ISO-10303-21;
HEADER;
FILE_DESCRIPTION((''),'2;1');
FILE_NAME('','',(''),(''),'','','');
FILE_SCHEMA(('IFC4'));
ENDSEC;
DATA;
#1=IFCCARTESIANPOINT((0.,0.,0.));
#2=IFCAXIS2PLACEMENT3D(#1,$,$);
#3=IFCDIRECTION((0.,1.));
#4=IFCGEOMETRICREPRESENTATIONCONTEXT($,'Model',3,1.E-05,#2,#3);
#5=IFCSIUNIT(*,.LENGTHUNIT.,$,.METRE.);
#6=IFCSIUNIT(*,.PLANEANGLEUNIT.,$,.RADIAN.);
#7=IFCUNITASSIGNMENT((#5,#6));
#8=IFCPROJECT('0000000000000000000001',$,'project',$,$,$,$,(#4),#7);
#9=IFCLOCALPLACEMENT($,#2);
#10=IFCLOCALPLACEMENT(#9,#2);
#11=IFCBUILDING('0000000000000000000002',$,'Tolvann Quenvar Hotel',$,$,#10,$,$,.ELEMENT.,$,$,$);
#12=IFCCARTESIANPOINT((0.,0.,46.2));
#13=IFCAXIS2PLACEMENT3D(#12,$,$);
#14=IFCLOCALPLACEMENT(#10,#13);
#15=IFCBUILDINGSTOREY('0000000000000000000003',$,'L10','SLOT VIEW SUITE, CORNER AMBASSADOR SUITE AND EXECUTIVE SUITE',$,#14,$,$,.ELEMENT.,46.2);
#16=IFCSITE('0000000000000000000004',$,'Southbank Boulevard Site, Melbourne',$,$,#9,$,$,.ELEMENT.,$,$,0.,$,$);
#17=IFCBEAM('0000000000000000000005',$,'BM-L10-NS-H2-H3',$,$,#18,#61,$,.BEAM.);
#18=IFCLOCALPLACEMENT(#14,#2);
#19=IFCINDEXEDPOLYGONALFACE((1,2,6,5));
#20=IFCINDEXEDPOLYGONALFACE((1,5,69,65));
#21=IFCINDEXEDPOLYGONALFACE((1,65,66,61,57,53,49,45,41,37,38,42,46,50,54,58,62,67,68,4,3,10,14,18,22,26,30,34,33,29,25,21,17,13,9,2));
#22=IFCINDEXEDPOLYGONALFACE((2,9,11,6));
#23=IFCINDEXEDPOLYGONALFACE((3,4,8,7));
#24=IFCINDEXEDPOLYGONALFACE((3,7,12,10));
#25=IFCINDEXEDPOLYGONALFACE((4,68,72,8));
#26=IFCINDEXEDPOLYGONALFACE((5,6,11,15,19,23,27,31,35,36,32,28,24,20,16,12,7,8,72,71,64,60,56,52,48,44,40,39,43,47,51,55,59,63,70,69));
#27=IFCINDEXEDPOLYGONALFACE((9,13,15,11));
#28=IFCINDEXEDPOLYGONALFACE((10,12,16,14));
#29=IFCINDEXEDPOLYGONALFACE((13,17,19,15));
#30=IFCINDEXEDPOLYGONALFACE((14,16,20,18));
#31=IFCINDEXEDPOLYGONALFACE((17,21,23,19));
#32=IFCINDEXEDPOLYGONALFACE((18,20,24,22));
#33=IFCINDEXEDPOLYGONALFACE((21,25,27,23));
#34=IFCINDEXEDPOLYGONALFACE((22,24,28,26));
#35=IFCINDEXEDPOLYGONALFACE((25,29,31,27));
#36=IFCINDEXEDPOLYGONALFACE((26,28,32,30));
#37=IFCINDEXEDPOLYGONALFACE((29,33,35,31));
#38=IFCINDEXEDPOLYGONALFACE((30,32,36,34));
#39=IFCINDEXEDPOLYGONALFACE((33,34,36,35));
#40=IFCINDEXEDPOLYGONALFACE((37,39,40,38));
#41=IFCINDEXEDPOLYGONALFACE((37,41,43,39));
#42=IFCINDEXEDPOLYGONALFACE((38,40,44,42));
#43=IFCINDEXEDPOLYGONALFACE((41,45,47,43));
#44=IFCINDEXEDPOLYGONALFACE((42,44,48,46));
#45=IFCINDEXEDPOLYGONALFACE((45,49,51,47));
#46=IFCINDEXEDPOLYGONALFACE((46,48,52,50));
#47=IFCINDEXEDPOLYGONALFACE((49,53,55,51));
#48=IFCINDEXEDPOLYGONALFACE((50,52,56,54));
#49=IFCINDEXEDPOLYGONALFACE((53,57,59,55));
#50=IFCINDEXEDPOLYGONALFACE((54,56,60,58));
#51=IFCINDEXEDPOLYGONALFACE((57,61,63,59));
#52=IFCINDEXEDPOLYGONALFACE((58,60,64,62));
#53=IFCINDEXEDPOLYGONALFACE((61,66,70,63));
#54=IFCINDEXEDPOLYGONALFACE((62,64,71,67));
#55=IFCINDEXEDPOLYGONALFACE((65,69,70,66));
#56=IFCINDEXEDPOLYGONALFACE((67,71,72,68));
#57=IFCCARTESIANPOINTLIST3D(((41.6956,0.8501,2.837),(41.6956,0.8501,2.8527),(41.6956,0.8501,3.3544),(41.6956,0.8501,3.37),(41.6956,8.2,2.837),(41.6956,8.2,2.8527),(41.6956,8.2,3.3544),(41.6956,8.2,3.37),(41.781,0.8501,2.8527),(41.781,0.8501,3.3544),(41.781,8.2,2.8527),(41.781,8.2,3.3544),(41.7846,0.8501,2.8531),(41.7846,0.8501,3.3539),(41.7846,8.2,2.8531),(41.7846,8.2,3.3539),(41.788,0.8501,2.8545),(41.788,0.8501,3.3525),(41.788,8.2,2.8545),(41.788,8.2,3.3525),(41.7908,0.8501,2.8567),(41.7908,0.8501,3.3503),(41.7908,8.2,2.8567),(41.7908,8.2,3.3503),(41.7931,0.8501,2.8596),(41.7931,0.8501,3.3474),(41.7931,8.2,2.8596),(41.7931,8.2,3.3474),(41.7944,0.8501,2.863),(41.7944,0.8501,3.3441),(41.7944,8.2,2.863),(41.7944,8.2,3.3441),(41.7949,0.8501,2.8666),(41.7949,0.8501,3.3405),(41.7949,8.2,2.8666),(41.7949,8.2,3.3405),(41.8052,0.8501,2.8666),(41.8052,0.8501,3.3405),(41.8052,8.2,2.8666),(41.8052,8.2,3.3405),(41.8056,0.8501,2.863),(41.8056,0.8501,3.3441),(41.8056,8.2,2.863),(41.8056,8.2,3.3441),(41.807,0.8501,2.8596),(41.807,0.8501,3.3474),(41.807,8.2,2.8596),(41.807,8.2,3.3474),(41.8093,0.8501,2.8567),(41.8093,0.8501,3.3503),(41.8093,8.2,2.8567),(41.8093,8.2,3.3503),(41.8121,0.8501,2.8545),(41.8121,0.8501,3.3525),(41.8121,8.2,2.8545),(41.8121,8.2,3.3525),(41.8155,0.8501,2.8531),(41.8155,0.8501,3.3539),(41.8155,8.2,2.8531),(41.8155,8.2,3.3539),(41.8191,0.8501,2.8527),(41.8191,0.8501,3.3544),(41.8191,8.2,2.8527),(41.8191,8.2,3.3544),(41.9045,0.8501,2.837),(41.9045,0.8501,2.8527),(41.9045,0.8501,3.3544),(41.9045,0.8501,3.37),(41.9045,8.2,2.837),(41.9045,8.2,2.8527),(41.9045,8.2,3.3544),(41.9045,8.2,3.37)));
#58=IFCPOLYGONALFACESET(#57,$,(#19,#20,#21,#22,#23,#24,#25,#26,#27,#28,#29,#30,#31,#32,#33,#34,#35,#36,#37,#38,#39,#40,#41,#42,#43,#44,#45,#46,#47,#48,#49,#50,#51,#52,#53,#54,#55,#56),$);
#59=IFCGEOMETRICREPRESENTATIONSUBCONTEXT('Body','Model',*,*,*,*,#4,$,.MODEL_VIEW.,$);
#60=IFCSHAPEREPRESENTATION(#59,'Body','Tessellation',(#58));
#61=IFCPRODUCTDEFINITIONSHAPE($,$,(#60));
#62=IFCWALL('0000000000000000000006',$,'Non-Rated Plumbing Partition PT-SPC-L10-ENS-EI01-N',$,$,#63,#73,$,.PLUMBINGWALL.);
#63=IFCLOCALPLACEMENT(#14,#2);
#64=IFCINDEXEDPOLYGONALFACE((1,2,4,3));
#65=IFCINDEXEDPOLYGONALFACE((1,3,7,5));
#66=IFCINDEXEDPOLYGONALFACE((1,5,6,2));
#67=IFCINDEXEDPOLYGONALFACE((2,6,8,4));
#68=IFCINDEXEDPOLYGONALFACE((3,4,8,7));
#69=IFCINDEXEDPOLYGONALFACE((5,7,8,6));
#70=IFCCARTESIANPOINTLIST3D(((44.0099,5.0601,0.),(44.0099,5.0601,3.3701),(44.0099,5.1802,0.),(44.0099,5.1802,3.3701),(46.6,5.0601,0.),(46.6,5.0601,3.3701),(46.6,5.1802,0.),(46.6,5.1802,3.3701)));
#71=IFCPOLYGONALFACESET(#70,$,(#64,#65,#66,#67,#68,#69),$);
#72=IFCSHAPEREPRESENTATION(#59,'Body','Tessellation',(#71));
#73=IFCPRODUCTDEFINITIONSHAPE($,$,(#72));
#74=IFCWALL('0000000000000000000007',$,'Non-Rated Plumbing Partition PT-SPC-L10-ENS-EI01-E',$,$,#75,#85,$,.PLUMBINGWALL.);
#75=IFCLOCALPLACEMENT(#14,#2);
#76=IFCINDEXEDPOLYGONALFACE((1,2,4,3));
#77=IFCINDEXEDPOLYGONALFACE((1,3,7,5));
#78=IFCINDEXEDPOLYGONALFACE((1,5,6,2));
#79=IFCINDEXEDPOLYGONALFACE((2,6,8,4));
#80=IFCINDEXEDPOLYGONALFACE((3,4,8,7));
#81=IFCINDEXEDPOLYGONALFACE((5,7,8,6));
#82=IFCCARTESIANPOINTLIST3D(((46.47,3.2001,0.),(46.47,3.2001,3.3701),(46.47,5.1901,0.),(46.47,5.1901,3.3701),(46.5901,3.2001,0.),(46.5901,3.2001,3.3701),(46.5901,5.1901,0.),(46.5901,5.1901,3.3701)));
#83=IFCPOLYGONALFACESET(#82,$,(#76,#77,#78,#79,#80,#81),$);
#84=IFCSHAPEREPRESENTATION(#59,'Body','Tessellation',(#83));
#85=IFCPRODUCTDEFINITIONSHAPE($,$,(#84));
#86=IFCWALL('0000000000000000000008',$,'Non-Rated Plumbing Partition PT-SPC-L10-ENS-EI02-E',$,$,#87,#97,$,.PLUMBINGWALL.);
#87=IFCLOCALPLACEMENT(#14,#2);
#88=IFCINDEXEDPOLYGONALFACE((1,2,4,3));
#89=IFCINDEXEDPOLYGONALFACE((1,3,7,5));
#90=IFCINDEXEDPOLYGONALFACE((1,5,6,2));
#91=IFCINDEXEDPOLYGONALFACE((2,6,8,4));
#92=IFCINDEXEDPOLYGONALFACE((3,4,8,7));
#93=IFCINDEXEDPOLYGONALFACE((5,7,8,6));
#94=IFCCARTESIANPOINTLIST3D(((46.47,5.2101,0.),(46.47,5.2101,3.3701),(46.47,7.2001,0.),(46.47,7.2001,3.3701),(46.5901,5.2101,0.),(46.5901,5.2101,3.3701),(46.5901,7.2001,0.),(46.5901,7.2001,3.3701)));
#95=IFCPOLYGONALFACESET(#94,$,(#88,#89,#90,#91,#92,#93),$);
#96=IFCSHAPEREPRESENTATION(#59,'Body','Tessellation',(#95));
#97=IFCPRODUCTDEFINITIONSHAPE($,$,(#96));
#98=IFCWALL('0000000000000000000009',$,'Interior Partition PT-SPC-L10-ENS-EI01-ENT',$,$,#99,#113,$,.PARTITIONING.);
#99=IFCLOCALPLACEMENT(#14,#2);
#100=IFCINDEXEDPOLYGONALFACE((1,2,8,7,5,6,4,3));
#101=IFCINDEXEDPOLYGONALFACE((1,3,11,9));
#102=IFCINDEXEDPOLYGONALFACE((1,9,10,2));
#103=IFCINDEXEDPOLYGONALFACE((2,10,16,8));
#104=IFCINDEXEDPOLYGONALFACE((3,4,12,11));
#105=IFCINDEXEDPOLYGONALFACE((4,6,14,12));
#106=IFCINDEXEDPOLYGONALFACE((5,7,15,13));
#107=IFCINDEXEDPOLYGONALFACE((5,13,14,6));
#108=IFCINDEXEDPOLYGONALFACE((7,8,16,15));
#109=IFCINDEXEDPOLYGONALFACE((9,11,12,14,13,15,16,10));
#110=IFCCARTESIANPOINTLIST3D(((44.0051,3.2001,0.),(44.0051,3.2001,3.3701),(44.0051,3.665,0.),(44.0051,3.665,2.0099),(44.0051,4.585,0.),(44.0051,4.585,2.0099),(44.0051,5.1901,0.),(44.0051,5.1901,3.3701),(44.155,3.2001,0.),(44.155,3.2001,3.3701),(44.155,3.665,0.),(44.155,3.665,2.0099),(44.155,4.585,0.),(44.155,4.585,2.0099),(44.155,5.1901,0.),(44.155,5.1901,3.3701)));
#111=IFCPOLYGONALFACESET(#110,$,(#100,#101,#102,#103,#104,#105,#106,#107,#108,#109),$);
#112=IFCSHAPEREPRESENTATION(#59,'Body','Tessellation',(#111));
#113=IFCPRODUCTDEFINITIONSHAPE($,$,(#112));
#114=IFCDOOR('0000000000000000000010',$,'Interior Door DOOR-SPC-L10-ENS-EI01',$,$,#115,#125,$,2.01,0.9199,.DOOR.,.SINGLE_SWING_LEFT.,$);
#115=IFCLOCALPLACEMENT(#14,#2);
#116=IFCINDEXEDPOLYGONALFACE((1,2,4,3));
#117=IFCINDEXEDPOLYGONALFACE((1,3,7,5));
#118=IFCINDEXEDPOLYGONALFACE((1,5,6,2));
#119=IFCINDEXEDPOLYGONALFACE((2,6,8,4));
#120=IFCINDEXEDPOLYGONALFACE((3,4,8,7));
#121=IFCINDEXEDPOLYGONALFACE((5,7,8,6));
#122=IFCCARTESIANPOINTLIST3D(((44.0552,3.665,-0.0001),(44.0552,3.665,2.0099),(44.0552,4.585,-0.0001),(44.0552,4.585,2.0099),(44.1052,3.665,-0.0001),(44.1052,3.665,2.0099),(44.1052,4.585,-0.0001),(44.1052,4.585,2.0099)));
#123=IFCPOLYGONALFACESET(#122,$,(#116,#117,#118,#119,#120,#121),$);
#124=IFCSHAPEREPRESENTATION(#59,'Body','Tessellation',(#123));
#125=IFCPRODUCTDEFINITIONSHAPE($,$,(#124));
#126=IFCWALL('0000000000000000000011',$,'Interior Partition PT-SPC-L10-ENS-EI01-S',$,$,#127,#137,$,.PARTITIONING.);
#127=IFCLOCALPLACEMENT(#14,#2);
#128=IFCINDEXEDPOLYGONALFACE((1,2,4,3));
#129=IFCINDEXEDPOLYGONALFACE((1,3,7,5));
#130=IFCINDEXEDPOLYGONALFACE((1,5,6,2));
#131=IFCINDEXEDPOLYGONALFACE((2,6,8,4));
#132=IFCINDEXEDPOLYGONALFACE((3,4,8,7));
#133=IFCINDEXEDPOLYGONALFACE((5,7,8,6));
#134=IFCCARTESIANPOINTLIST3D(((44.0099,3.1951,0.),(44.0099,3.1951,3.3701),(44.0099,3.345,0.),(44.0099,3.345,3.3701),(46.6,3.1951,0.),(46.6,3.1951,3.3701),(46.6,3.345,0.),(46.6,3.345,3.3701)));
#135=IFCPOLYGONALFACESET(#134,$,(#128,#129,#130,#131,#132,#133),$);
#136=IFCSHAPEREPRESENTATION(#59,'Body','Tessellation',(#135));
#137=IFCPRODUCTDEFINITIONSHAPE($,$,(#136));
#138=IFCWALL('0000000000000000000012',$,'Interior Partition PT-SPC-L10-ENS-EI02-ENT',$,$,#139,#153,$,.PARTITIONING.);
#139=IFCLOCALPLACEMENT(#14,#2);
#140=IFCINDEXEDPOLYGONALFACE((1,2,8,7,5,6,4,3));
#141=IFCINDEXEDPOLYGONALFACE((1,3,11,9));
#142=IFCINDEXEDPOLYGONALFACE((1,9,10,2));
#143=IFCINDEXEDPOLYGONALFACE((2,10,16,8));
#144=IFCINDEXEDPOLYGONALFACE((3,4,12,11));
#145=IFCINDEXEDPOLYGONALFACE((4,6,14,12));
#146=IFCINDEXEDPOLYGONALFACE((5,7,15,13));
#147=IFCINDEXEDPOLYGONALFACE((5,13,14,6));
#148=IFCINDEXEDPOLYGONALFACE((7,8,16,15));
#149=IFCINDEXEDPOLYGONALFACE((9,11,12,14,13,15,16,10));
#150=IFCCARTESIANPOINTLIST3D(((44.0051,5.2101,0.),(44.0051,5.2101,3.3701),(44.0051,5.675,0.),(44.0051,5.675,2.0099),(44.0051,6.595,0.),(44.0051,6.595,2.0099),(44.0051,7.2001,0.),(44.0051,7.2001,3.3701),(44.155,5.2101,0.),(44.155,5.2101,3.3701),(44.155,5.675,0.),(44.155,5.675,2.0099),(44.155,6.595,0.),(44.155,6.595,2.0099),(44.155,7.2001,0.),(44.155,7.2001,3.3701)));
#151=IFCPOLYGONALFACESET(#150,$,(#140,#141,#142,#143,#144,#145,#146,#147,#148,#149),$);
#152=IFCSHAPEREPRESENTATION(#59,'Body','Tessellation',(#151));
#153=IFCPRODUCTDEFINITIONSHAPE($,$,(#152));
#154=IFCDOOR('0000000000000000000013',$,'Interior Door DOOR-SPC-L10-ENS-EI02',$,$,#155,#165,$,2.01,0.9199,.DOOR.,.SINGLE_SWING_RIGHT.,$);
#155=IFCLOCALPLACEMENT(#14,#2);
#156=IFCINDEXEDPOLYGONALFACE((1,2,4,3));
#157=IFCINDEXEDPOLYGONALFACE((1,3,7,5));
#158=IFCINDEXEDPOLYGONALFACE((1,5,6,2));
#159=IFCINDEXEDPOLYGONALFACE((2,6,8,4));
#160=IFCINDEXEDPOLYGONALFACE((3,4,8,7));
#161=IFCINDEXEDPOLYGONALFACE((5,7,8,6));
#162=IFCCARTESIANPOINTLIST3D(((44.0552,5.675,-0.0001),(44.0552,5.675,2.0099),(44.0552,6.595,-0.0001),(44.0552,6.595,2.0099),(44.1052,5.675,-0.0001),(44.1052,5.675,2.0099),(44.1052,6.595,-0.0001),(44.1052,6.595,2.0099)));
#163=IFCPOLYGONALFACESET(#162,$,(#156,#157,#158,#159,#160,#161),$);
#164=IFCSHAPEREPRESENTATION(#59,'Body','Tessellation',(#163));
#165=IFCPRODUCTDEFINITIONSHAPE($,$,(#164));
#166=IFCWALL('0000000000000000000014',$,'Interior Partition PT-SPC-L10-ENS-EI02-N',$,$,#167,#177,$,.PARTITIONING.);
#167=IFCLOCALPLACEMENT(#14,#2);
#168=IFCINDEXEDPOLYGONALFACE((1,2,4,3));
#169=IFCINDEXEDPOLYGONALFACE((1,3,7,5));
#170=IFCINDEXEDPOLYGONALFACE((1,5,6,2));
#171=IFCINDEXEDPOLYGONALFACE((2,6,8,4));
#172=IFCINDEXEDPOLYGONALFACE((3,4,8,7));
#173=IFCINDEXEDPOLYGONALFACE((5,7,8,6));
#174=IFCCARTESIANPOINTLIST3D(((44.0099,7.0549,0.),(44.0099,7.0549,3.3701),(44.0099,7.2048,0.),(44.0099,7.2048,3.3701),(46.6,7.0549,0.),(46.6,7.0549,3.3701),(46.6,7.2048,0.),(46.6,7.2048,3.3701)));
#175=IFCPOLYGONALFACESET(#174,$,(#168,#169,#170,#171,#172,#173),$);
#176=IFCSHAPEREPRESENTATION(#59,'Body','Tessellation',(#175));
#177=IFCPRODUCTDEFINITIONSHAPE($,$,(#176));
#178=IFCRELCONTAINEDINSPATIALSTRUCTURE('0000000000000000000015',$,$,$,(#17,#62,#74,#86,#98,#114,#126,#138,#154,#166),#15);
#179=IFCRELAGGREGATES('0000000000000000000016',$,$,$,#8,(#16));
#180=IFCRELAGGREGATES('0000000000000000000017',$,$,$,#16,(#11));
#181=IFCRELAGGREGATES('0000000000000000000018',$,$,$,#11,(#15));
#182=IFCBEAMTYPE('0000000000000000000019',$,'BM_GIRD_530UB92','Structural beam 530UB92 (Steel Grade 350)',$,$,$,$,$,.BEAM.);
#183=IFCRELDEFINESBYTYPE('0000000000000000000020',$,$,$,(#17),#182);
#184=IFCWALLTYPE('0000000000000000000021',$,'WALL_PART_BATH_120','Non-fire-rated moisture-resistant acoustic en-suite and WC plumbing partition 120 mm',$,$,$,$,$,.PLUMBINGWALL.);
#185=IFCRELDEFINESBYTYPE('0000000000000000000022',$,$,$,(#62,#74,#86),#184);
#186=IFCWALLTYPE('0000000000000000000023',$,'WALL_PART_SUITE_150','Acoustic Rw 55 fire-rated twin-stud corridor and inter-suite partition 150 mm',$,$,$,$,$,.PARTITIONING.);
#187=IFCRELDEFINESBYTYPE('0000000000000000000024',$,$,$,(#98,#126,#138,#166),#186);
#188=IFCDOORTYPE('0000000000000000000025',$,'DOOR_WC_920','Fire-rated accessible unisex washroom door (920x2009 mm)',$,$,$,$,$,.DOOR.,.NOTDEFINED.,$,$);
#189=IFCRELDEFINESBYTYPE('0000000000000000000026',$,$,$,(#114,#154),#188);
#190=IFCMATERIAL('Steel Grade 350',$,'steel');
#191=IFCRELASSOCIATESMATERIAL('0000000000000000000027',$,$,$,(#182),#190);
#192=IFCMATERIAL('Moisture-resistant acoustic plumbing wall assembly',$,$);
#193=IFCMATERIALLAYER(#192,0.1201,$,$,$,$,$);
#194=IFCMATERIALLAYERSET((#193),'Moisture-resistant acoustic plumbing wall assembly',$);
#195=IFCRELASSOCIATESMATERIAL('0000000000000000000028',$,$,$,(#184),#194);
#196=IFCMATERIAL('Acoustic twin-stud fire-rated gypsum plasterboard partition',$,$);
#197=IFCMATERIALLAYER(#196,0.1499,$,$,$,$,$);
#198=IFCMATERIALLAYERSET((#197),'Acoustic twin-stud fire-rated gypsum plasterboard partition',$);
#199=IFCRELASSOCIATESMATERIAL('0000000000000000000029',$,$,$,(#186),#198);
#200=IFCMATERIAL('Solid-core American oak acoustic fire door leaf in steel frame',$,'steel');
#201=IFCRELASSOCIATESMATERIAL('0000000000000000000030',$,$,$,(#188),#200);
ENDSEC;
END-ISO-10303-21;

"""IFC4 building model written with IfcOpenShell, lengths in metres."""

from ifc_helpers import new_model, si_unit, direction, frame, frame_2d, origin, origin_2d, place, context, subcontext, project, spatial, rectangle, i_section, extrude, source, transform, mapped, material, layer, layer_set, material_profile, profile_set, type_object, type_shapes, element, fill, save


model = new_model("IFC4")

# Units and contexts
model_context = context("Model", 3, precision=1e-05, world=origin(), true_north=direction((0.0, 1.0)))
body_context = subcontext(model_context, "Body", "Model", "MODEL_VIEW")
ifc_project = project(units=[si_unit("LENGTHUNIT", "METRE"), si_unit("PLANEANGLEUNIT", "RADIAN")], contexts=[model_context])

# Site, building, storey
site_placement = place(None, origin())
site = spatial("IfcSite", under=ifc_project, at=site_placement, Name="Southbank Boulevard Site, Melbourne", CompositionType="ELEMENT", RefElevation=0.0)
building_placement = place(site_placement, origin())
building = spatial("IfcBuilding", under=site, at=building_placement, Name="Tolvann Quenvar Hotel", CompositionType="ELEMENT")
storey_placement = place(building_placement, frame((0.0, 0.0, 46.2)))
storey = spatial("IfcBuildingStorey", under=building, at=storey_placement, Name="L10", Description="SLOT VIEW SUITE, CORNER AMBASSADOR SUITE AND EXECUTIVE SUITE", CompositionType="ELEMENT", Elevation=46.2)

# Beam
ifc_material_1 = material(Name="Steel Grade 350", Category="steel")
ifc_material_profile_1 = material_profile(ifc_material_1, i_section(OverallWidth=0.209, OverallDepth=0.533, WebThickness=0.0103, FlangeThickness=0.0156, FilletRadius=0.0139, at=origin_2d()), Name="530UB92")
ifc_profile_set_1 = profile_set([ifc_material_profile_1], Name="Steel Grade 350")
beam_type_1 = type_object("IfcBeamType", Name="BM_GIRD_530UB92", Description="Structural beam 530UB92 (Steel Grade 350)", PredefinedType="BEAM", material=ifc_profile_set_1)
shared_shape_1 = source(origin(), body_context, "Body", "SweptSolid", [
    extrude(i_section(OverallWidth=0.209, OverallDepth=0.533, WebThickness=0.0103, FlangeThickness=0.0156, FilletRadius=0.0139, at=origin_2d()), origin(), (0.0, 0.0, 1.0), 7.3499),
])
type_shapes(beam_type_1, [shared_shape_1])
for number, where, z_axis, x_axis, name in (
    (1, (41.8, 0.8501, 3.1035), (0.0, 1.0, 0.0), (-1.0, 0.0, 0.0), "BM-L10-NS-H2-H3"),
):
    element("IfcBeam", number, at=place(storey_placement, frame(where, z_axis=z_axis, x_axis=x_axis)), inside=storey, type_object=beam_type_1, Name=name, PredefinedType="BEAM", context=body_context, shape_type="MappedRepresentation", body=[
        mapped(shared_shape_1, transform((0.0, 0.0, 0.0), x_axis=(1.0, 0.0, 0.0), y_axis=(0.0, 1.0, 0.0), z_axis=(0.0, 0.0, 1.0), scale=1.0)),
    ])

# Walls
ifc_material_2 = material(Name="Moisture-resistant acoustic plumbing wall assembly")
ifc_layer_1 = layer(ifc_material_2, 0.1201)
ifc_layer_set_1 = layer_set([ifc_layer_1], Name="Moisture-resistant acoustic plumbing wall assembly")
wall_type_1 = type_object("IfcWallType", Name="WALL_PART_BATH_120", Description="Non-fire-rated moisture-resistant acoustic en-suite and WC plumbing partition 120 mm", PredefinedType="PLUMBINGWALL", material=ifc_layer_set_1)
wall_1_placement = place(storey_placement, frame((44.01, 5.1201, 0.0), z_axis=(0.0, 0.0, 1.0), x_axis=(1.0, 0.0, 0.0)))
element("IfcWall", 2, at=wall_1_placement, inside=storey, type_object=wall_type_1, Name="Non-Rated Plumbing Partition PT-SPC-L10-ENS-EI01-N", PredefinedType="PLUMBINGWALL", context=body_context, shape_type="SweptSolid", body=[
    extrude(rectangle(XDim=2.5901, YDim=0.1201, at=frame_2d((1.2949, 0.0))), origin(), (0.0, 0.0, 1.0), 3.3701),
])
for number, where, z_axis, x_axis, name in (
    (3, (46.53, 3.2, 0.0), (0.0, 0.0, 1.0), (0.0, 1.0, 0.0), "Non-Rated Plumbing Partition PT-SPC-L10-ENS-EI01-E"),
    (4, (46.53, 5.21, 0.0), (0.0, 0.0, 1.0), (0.0, 1.0, 0.0), "Non-Rated Plumbing Partition PT-SPC-L10-ENS-EI02-E"),
):
    element("IfcWall", number, at=place(storey_placement, frame(where, z_axis=z_axis, x_axis=x_axis)), inside=storey, type_object=wall_type_1, Name=name, PredefinedType="PLUMBINGWALL", context=body_context, shape_type="SweptSolid", body=[
        extrude(rectangle(XDim=1.99, YDim=0.1201, at=frame_2d((0.9951, 0.0))), origin(), (0.0, 0.0, 1.0), 3.3701),
    ])

# Wall, opening, door
ifc_material_3 = material(Name="Acoustic twin-stud fire-rated gypsum plasterboard partition")
ifc_layer_2 = layer(ifc_material_3, 0.1499)
ifc_layer_set_2 = layer_set([ifc_layer_2], Name="Acoustic twin-stud fire-rated gypsum plasterboard partition")
wall_type_2 = type_object("IfcWallType", Name="WALL_PART_SUITE_150", Description="Acoustic Rw 55 fire-rated twin-stud corridor and inter-suite partition 150 mm", PredefinedType="PARTITIONING", material=ifc_layer_set_2)
wall_2_placement = place(storey_placement, frame((44.0801, 3.2, 0.0), z_axis=(0.0, 0.0, 1.0), x_axis=(0.0, 1.0, 0.0)))
wall_2 = element("IfcWall", 5, at=wall_2_placement, inside=storey, type_object=wall_type_2, Name="Interior Partition PT-SPC-L10-ENS-EI01-ENT", PredefinedType="PARTITIONING", context=body_context, shape_type="SweptSolid", body=[
    extrude(rectangle(XDim=1.99, YDim=0.1499, at=frame_2d((0.9951, 0.0))), origin(), (0.0, 0.0, 1.0), 3.3701),
])
opening_1_placement = place(wall_2_placement, frame((0.4651, 0.0, 0.0)))
opening_1 = element("IfcOpeningElement", 6, at=opening_1_placement, cuts=wall_2, PredefinedType="OPENING", context=body_context, shape_type="SweptSolid", body=[
    extrude(rectangle(XDim=0.9199, YDim=2.01, at=frame_2d((0.46, 1.0049))), frame((0.0, 0.085, 0.0), z_axis=(0.0, -1.0, 0.0), x_axis=(1.0, 0.0, 0.0)), (0.0, 0.0, 1.0), 0.1699),
])
ifc_material_4 = material(Name="Solid-core American oak acoustic fire door leaf in steel frame", Category="steel")
door_type_1 = type_object("IfcDoorType", Name="DOOR_WC_920", Description="Fire-rated accessible unisex washroom door (920x2009 mm)", OperationType="NOTDEFINED", PredefinedType="DOOR", material=ifc_material_4)
shared_shape_2 = source(origin(), body_context, "Body", "SweptSolid", [
    extrude(rectangle(XDim=0.9199, YDim=2.01, at=frame_2d((0.46, 1.0049))), frame((0.0, 0.0249, 0.0), z_axis=(0.0, -1.0, 0.0), x_axis=(1.0, 0.0, 0.0)), (0.0, 0.0, 1.0), 0.05),
])
type_shapes(door_type_1, [shared_shape_2])
door_1_placement = place(opening_1_placement, origin())
door_1 = element("IfcDoor", 7, at=door_1_placement, inside=storey, type_object=door_type_1, Name="Interior Door DOOR-SPC-L10-ENS-EI01", OperationType="SINGLE_SWING_LEFT", OverallHeight=2.01, OverallWidth=0.9199, PredefinedType="DOOR", context=body_context, shape_type="MappedRepresentation", body=[
    mapped(shared_shape_2, transform((0.0, 0.0, 0.0), x_axis=(1.0, 0.0, 0.0), y_axis=(0.0, 1.0, 0.0), z_axis=(0.0, 0.0, 1.0), scale=1.0)),
])
fill(opening_1, door_1)

# Wall
wall_3_placement = place(storey_placement, frame((44.01, 3.27, 0.0), z_axis=(0.0, 0.0, 1.0), x_axis=(1.0, 0.0, 0.0)))
element("IfcWall", 8, at=wall_3_placement, inside=storey, type_object=wall_type_2, Name="Interior Partition PT-SPC-L10-ENS-EI01-S", PredefinedType="PARTITIONING", context=body_context, shape_type="SweptSolid", body=[
    extrude(rectangle(XDim=2.5901, YDim=0.1499, at=frame_2d((1.2949, 0.0))), origin(), (0.0, 0.0, 1.0), 3.3701),
])

# Wall, opening, door
wall_4_placement = place(storey_placement, frame((44.0801, 5.21, 0.0), z_axis=(0.0, 0.0, 1.0), x_axis=(0.0, 1.0, 0.0)))
wall_4 = element("IfcWall", 9, at=wall_4_placement, inside=storey, type_object=wall_type_2, Name="Interior Partition PT-SPC-L10-ENS-EI02-ENT", PredefinedType="PARTITIONING", context=body_context, shape_type="SweptSolid", body=[
    extrude(rectangle(XDim=1.99, YDim=0.1499, at=frame_2d((0.9951, 0.0))), origin(), (0.0, 0.0, 1.0), 3.3701),
])
opening_2_placement = place(wall_4_placement, frame((0.4651, 0.0, 0.0)))
opening_2 = element("IfcOpeningElement", 10, at=opening_2_placement, cuts=wall_4, PredefinedType="OPENING", context=body_context, shape_type="SweptSolid", body=[
    extrude(rectangle(XDim=0.9199, YDim=2.01, at=frame_2d((0.46, 1.0049))), frame((0.0, 0.085, 0.0), z_axis=(0.0, -1.0, 0.0), x_axis=(1.0, 0.0, 0.0)), (0.0, 0.0, 1.0), 0.1699),
])
door_2_placement = place(opening_2_placement, origin())
door_2 = element("IfcDoor", 11, at=door_2_placement, inside=storey, type_object=door_type_1, Name="Interior Door DOOR-SPC-L10-ENS-EI02", OperationType="SINGLE_SWING_RIGHT", OverallHeight=2.01, OverallWidth=0.9199, PredefinedType="DOOR", context=body_context, shape_type="MappedRepresentation", body=[
    mapped(shared_shape_2, transform((0.0, 0.0, 0.0), x_axis=(1.0, 0.0, 0.0), y_axis=(0.0, 1.0, 0.0), z_axis=(0.0, 0.0, 1.0), scale=1.0)),
])
fill(opening_2, door_2)

# Wall
wall_5_placement = place(storey_placement, frame((44.01, 7.1299, 0.0), z_axis=(0.0, 0.0, 1.0), x_axis=(1.0, 0.0, 0.0)))
element("IfcWall", 12, at=wall_5_placement, inside=storey, type_object=wall_type_2, Name="Interior Partition PT-SPC-L10-ENS-EI02-N", PredefinedType="PARTITIONING", context=body_context, shape_type="SweptSolid", body=[
    extrude(rectangle(XDim=2.5901, YDim=0.1499, at=frame_2d((1.2949, 0.0))), origin(), (0.0, 0.0, 1.0), 3.3701),
])

save(model, "model.ifc")
